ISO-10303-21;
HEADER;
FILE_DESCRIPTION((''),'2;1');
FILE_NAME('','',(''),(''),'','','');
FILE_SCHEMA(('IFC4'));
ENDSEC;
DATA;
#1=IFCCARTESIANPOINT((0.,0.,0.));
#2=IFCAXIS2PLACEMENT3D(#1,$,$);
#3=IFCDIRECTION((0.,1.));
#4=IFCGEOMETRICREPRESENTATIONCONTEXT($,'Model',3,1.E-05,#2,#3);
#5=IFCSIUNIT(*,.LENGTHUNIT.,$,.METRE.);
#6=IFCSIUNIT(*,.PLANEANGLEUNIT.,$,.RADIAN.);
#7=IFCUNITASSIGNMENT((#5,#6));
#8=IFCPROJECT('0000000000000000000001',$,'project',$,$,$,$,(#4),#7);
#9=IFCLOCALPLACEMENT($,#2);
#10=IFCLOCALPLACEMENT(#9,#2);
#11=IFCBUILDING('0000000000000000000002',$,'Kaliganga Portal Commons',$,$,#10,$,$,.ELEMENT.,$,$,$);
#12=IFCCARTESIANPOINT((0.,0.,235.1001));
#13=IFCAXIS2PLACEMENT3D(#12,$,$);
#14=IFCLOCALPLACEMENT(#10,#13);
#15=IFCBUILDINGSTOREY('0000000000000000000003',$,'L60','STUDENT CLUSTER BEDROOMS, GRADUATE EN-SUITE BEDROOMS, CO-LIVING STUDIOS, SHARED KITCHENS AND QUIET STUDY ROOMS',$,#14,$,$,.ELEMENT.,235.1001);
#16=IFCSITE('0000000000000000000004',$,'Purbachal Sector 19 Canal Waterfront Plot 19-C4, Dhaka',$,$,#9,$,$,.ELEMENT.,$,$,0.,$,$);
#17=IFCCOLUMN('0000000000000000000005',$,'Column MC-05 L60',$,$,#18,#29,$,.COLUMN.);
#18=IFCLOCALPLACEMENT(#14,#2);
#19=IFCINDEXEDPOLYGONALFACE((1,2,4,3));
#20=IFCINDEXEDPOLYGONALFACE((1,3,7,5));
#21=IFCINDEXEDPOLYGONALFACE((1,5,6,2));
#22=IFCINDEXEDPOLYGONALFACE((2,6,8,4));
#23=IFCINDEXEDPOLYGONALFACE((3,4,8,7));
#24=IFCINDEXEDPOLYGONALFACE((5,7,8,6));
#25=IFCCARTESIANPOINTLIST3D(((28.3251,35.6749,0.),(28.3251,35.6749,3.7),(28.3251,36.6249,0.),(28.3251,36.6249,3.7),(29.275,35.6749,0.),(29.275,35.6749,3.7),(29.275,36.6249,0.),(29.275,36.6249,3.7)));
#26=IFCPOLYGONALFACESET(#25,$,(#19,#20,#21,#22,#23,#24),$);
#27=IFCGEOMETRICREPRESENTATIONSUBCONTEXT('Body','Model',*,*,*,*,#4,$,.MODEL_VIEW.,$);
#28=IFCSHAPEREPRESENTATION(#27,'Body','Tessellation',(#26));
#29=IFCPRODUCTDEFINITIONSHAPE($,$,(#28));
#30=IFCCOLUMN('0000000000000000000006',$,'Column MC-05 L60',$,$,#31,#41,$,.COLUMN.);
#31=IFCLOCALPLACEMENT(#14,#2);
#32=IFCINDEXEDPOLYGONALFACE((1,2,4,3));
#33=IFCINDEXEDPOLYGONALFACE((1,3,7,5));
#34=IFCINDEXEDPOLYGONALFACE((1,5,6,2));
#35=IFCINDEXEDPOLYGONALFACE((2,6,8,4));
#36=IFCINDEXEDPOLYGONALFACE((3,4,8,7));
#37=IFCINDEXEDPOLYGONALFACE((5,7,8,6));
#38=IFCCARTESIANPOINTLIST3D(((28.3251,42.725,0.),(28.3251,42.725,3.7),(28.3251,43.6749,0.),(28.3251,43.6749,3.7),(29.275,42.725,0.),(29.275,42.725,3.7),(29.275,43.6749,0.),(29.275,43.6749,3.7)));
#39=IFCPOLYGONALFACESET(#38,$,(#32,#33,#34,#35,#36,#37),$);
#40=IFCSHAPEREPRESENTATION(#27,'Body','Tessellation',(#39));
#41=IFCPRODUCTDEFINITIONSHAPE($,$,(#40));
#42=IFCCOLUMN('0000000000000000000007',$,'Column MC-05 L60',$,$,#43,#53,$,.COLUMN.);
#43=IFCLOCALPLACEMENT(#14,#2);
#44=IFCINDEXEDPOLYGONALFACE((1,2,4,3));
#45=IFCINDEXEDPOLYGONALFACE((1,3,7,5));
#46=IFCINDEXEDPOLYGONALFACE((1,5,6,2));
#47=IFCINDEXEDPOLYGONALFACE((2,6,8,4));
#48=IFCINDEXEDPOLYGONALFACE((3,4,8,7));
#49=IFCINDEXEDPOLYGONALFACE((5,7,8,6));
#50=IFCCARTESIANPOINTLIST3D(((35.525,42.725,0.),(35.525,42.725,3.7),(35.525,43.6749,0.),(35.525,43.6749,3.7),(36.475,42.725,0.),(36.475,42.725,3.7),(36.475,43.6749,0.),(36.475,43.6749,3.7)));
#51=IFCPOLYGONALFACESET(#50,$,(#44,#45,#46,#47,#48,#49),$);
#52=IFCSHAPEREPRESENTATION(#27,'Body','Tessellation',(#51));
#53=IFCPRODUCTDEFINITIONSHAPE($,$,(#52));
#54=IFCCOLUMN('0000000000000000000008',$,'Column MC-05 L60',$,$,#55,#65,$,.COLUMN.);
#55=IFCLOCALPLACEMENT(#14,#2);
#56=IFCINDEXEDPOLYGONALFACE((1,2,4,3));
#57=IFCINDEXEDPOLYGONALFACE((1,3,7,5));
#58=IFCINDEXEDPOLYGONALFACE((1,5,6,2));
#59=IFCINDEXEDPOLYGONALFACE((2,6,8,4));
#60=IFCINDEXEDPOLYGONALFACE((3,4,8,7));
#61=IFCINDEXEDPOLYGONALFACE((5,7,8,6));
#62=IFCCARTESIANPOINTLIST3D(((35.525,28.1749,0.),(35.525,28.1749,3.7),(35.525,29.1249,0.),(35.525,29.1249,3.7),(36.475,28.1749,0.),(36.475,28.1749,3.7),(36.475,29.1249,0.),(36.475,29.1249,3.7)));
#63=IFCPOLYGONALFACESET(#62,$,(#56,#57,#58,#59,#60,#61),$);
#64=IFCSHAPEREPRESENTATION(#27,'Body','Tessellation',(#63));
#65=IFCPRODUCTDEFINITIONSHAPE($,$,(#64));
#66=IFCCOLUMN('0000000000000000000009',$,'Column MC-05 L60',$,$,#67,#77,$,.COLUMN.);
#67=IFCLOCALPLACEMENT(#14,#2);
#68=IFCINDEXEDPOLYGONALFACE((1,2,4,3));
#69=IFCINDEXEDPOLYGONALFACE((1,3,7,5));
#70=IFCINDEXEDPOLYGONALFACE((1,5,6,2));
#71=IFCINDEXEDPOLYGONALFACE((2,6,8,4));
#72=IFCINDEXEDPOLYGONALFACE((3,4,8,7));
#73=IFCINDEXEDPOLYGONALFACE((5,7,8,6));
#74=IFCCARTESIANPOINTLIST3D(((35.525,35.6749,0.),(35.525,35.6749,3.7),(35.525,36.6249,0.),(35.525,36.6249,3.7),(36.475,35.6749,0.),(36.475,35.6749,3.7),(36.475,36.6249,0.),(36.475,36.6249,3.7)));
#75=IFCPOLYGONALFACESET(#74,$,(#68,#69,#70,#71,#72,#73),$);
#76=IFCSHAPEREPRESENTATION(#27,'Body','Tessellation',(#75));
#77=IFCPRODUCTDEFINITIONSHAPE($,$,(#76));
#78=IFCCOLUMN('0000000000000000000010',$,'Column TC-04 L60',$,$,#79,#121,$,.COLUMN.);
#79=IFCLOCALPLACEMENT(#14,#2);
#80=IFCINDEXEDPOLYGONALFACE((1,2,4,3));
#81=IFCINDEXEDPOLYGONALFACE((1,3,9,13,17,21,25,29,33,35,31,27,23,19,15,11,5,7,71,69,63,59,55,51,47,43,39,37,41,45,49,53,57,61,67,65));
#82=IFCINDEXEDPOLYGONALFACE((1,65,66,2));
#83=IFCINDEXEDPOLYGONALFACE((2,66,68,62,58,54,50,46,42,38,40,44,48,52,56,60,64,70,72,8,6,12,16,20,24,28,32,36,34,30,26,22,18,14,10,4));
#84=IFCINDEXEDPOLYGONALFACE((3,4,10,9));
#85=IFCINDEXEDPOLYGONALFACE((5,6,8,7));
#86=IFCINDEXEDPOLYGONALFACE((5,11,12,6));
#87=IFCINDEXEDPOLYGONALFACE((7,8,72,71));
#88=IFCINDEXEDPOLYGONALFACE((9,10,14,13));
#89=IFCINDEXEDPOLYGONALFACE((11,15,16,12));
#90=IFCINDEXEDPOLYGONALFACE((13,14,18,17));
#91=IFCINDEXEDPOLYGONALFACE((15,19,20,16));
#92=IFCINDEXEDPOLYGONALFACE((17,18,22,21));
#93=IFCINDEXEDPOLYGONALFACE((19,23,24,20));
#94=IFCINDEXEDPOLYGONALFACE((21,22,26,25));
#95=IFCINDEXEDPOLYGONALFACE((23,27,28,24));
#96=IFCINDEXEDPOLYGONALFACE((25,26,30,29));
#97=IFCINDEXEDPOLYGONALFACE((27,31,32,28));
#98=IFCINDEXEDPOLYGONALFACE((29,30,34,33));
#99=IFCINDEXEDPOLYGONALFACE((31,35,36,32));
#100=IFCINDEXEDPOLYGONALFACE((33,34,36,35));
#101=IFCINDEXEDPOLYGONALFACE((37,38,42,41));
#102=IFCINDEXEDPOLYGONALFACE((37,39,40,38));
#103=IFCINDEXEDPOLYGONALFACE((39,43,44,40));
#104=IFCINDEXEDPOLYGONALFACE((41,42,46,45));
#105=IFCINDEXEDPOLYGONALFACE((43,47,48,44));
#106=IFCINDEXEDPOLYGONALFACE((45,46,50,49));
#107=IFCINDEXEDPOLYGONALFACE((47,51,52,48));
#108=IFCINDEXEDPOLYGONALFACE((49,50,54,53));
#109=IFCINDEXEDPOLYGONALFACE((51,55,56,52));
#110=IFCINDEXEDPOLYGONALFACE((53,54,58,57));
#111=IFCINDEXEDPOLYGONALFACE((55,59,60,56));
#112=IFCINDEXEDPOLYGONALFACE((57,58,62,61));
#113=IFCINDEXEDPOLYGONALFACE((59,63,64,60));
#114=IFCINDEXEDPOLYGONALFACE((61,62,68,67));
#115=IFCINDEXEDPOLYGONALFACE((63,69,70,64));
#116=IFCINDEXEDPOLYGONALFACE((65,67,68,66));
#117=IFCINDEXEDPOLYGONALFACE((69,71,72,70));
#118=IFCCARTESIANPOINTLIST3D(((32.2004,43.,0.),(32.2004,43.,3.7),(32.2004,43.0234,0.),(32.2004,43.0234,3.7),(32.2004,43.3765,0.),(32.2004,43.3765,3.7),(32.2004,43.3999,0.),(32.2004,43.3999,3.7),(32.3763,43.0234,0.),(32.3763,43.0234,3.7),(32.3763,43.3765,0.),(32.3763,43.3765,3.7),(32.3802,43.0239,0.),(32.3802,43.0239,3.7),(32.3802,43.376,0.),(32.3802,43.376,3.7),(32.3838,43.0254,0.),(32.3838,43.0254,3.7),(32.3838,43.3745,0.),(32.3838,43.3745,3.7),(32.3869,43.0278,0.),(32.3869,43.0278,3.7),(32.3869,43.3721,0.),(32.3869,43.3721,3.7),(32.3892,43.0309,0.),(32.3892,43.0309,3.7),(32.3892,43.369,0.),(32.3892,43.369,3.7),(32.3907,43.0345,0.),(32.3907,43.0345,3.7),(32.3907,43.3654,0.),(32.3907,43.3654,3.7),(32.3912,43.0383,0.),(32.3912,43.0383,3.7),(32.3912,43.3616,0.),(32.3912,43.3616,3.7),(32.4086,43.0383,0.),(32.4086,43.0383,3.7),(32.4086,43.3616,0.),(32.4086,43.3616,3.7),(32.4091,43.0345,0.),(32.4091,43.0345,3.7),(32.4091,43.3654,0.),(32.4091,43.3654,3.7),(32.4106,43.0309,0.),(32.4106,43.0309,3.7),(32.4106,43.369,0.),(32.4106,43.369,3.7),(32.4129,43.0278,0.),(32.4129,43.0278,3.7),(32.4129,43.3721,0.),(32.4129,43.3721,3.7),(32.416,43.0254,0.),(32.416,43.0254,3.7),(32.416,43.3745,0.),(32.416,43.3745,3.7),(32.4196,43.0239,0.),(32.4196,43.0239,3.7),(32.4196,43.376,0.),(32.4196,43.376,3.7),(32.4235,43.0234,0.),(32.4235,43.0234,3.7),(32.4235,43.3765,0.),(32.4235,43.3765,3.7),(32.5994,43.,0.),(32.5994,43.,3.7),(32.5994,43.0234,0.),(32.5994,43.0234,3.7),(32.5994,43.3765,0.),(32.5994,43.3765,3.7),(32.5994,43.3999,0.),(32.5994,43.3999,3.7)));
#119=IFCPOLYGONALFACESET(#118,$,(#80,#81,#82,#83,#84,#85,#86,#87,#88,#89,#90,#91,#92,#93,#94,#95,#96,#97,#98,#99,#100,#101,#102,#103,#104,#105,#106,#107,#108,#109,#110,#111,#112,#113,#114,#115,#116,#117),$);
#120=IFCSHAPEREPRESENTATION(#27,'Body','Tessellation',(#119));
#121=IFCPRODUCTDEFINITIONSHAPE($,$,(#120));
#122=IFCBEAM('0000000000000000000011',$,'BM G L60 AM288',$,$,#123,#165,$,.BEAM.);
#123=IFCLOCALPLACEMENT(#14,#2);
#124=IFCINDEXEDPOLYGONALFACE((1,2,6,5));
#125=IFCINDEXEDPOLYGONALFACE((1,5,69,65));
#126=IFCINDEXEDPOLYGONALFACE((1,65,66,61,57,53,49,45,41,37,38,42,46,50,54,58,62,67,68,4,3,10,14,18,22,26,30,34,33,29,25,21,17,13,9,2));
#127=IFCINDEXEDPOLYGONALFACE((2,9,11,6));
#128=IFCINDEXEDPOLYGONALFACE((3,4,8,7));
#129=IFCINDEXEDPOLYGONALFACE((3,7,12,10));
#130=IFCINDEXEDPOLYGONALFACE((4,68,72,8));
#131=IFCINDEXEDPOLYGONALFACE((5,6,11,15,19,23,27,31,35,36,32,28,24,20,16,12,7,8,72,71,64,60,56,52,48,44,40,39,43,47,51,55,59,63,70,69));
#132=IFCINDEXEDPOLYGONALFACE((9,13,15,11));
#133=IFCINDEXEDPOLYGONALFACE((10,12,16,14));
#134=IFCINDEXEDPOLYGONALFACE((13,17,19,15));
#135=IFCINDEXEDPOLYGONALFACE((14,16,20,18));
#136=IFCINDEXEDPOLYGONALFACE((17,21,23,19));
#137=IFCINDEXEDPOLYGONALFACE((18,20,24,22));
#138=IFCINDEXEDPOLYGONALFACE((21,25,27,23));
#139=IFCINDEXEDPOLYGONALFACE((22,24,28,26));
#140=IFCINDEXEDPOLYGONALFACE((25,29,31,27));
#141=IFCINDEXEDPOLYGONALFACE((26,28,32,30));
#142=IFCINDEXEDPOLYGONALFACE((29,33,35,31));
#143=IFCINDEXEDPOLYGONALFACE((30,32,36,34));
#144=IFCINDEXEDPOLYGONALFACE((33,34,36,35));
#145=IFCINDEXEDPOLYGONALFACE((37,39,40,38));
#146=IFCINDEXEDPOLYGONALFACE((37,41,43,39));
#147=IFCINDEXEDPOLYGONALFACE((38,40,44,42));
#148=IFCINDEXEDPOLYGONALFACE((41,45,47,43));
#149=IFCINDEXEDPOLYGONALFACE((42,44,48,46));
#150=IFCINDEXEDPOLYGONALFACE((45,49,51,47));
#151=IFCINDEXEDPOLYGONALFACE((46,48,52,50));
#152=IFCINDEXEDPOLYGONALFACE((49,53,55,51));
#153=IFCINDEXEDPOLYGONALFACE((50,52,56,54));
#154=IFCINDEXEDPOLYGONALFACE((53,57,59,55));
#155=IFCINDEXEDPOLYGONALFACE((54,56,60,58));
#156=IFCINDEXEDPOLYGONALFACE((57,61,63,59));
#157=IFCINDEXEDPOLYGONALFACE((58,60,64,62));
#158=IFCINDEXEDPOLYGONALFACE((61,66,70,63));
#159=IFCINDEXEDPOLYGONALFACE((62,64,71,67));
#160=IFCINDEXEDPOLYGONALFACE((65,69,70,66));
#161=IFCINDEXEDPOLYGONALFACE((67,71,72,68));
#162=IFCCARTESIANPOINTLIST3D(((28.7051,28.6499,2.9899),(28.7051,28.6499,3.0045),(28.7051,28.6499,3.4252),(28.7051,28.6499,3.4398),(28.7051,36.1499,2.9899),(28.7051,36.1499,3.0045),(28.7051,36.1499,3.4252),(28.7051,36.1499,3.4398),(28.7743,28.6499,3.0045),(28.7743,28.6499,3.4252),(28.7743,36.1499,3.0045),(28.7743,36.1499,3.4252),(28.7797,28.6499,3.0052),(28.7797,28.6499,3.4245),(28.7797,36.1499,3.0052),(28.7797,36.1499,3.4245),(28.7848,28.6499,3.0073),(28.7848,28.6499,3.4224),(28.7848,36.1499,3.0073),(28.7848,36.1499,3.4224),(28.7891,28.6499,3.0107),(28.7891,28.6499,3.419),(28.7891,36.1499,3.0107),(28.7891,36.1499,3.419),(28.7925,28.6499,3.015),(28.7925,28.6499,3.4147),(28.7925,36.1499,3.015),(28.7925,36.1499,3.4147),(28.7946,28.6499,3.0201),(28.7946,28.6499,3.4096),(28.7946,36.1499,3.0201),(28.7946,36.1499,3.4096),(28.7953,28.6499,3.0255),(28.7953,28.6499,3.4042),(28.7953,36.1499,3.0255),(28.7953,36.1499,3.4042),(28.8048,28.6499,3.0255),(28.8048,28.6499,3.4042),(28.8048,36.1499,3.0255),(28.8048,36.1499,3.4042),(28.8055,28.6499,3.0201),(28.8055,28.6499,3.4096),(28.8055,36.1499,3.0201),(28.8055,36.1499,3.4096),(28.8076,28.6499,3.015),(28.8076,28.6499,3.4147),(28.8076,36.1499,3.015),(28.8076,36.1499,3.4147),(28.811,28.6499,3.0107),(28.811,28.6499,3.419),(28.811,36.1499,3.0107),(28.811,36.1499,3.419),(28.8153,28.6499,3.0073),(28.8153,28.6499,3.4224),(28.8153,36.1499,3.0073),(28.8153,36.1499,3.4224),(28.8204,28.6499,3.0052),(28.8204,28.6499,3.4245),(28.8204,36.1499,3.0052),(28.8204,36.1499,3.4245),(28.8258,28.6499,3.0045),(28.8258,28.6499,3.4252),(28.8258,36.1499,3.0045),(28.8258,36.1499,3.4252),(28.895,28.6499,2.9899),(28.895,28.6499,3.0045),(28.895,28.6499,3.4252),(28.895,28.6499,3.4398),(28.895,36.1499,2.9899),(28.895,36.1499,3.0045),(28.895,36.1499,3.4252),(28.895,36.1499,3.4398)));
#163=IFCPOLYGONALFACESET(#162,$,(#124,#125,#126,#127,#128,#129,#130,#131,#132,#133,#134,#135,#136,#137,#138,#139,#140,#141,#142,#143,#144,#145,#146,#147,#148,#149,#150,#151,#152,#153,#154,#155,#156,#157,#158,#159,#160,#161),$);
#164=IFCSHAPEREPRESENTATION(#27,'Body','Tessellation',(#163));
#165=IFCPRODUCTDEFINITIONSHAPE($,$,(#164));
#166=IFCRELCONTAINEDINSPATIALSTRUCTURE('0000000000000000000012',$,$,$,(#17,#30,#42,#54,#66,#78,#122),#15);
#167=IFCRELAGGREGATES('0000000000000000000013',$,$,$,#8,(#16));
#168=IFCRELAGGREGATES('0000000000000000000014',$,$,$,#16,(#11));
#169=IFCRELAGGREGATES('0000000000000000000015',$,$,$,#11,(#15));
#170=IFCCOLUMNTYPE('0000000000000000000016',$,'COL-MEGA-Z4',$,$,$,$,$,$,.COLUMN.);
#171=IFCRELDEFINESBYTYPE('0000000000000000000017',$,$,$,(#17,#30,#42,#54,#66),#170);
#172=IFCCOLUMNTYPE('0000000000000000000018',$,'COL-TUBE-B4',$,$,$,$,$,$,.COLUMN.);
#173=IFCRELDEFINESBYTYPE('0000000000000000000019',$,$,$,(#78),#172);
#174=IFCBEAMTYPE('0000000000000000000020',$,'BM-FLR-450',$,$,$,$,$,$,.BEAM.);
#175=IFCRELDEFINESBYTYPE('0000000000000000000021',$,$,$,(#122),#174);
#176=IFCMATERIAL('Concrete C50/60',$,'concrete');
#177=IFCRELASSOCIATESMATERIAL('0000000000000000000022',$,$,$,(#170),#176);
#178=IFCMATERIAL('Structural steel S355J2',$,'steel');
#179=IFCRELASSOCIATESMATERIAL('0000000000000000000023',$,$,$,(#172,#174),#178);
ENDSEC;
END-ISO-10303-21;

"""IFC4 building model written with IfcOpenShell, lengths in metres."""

from ifc_helpers import new_model, si_unit, direction, frame, origin, origin_2d, place, context, subcontext, project, spatial, rectangle, i_section, extrude, source, transform, mapped, material, material_profile, profile_set, type_object, element, save


model = new_model("IFC4")

# Units and contexts
model_context = context("Model", 3, precision=1e-05, world=origin(), true_north=direction((0.0, 1.0)))
body_context = subcontext(model_context, "Body", "Model", "MODEL_VIEW")
ifc_project = project(units=[si_unit("LENGTHUNIT", "METRE"), si_unit("PLANEANGLEUNIT", "RADIAN")], contexts=[model_context])

# Site, building, storey
site_placement = place(None, origin())
site = spatial("IfcSite", under=ifc_project, at=site_placement, Name="Purbachal Sector 19 Canal Waterfront Plot 19-C4, Dhaka", CompositionType="ELEMENT", RefElevation=0.0)
building_placement = place(site_placement, origin())
building = spatial("IfcBuilding", under=site, at=building_placement, Name="Kaliganga Portal Commons", CompositionType="ELEMENT")
storey_placement = place(building_placement, frame((0.0, 0.0, 235.1001)))
storey = spatial("IfcBuildingStorey", under=building, at=storey_placement, Name="L60", Description="STUDENT CLUSTER BEDROOMS, GRADUATE EN-SUITE BEDROOMS, CO-LIVING STUDIOS, SHARED KITCHENS AND QUIET STUDY ROOMS", CompositionType="ELEMENT", Elevation=235.1001)

# Columns
ifc_material_1 = material(Name="Concrete C50/60", Category="concrete")
ifc_material_profile_1 = material_profile(ifc_material_1, rectangle(XDim=0.95, YDim=0.95, at=origin_2d()), Name="RC 950x950")
ifc_profile_set_1 = profile_set([ifc_material_profile_1], Name="Concrete C50/60")
column_type_1 = type_object("IfcColumnType", Name="COL-MEGA-Z4", PredefinedType="COLUMN", material=ifc_profile_set_1)
shared_shape_1 = source(origin(), body_context, "Body", "SweptSolid", [
    extrude(rectangle(XDim=0.95, YDim=0.95, at=origin_2d()), origin(), (0.0, 0.0, 1.0), 3.7),
])
for number, where, z_axis, x_axis, name in (
    (1, (28.8, 36.1499, 0.0), (0.0, 0.0, 1.0), (1.0, 0.0, 0.0), "Column MC-05 L60"),
    (2, (28.8, 43.2, 0.0), (0.0, 0.0, 1.0), (1.0, 0.0, 0.0), "Column MC-05 L60"),
    (3, (36.0, 43.2, 0.0), (0.0, 0.0, 1.0), (1.0, 0.0, 0.0), "Column MC-05 L60"),
    (4, (36.0, 28.6499, 0.0), (0.0, 0.0, 1.0), (1.0, 0.0, 0.0), "Column MC-05 L60"),
    (5, (36.0, 36.1499, 0.0), (0.0, 0.0, 1.0), (1.0, 0.0, 0.0), "Column MC-05 L60"),
):
    element("IfcColumn", number, at=place(storey_placement, frame(where, z_axis=z_axis, x_axis=x_axis)), inside=storey, type_object=column_type_1, Name=name, PredefinedType="COLUMN", context=body_context, shape_type="MappedRepresentation", body=[
        mapped(shared_shape_1, transform((0.0, 0.0, 0.0), x_axis=(1.0, 0.0, 0.0), y_axis=(0.0, 1.0, 0.0), z_axis=(0.0, 0.0, 1.0), scale=1.0)),
    ])
ifc_material_2 = material(Name="Structural steel S355J2", Category="steel")
ifc_material_profile_2 = material_profile(ifc_material_2, i_section(OverallWidth=0.3989, OverallDepth=0.3999, WebThickness=0.0173, FlangeThickness=0.0234, FilletRadius=0.0149, at=origin_2d()), Name="HD 400x287")
ifc_profile_set_2 = profile_set([ifc_material_profile_2], Name="Structural steel S355J2 wide-flange")
column_type_2 = type_object("IfcColumnType", Name="COL-TUBE-B4", PredefinedType="COLUMN", material=ifc_profile_set_2)
shared_shape_2 = source(origin(), body_context, "Body", "SweptSolid", [
    extrude(i_section(OverallWidth=0.3989, OverallDepth=0.3999, WebThickness=0.0173, FlangeThickness=0.0234, FilletRadius=0.0149, at=origin_2d()), origin(), (0.0, 0.0, 1.0), 3.7),
])
column_placement = place(storey_placement, frame((32.3999, 43.2, 0.0), z_axis=(0.0, 0.0, 1.0), x_axis=(1.0, 0.0, 0.0)))
element("IfcColumn", 6, at=column_placement, inside=storey, type_object=column_type_2, Name="Column TC-04 L60", PredefinedType="COLUMN", context=body_context, shape_type="MappedRepresentation", body=[
    mapped(shared_shape_2, transform((0.0, 0.0, 0.0), x_axis=(1.0, 0.0, 0.0), y_axis=(0.0, 1.0, 0.0), z_axis=(0.0, 0.0, 1.0), scale=1.0)),
])

# Beam
ifc_material_profile_3 = material_profile(ifc_material_2, i_section(OverallWidth=0.1899, OverallDepth=0.45, WebThickness=0.0095, FlangeThickness=0.0146, FilletRadius=0.021, at=origin_2d()), Name="IPE 450")
ifc_profile_set_3 = profile_set([ifc_material_profile_3], Name="Structural steel S355J2 wide-flange")
beam_type_1 = type_object("IfcBeamType", Name="BM-FLR-450", PredefinedType="BEAM", material=ifc_profile_set_3)
shared_shape_3 = source(origin(), body_context, "Body", "SweptSolid", [
    extrude(i_section(OverallWidth=0.1899, OverallDepth=0.45, WebThickness=0.0095, FlangeThickness=0.0146, FilletRadius=0.021, at=origin_2d()), origin(), (0.0, 0.0, 1.0), 7.5),
])
beam_1_placement = place(storey_placement, frame((28.8, 28.6499, 3.2148), z_axis=(0.0, 1.0, 0.0), x_axis=(-1.0, 0.0, 0.0)))
element("IfcBeam", 7, at=beam_1_placement, inside=storey, type_object=beam_type_1, Name="BM G L60 AM288", PredefinedType="BEAM", context=body_context, shape_type="MappedRepresentation", body=[
    mapped(shared_shape_3, transform((0.0, 0.0, 0.0), x_axis=(1.0, 0.0, 0.0), y_axis=(0.0, 1.0, 0.0), z_axis=(0.0, 0.0, 1.0), scale=1.0)),
])

save(model, "model.ifc")
